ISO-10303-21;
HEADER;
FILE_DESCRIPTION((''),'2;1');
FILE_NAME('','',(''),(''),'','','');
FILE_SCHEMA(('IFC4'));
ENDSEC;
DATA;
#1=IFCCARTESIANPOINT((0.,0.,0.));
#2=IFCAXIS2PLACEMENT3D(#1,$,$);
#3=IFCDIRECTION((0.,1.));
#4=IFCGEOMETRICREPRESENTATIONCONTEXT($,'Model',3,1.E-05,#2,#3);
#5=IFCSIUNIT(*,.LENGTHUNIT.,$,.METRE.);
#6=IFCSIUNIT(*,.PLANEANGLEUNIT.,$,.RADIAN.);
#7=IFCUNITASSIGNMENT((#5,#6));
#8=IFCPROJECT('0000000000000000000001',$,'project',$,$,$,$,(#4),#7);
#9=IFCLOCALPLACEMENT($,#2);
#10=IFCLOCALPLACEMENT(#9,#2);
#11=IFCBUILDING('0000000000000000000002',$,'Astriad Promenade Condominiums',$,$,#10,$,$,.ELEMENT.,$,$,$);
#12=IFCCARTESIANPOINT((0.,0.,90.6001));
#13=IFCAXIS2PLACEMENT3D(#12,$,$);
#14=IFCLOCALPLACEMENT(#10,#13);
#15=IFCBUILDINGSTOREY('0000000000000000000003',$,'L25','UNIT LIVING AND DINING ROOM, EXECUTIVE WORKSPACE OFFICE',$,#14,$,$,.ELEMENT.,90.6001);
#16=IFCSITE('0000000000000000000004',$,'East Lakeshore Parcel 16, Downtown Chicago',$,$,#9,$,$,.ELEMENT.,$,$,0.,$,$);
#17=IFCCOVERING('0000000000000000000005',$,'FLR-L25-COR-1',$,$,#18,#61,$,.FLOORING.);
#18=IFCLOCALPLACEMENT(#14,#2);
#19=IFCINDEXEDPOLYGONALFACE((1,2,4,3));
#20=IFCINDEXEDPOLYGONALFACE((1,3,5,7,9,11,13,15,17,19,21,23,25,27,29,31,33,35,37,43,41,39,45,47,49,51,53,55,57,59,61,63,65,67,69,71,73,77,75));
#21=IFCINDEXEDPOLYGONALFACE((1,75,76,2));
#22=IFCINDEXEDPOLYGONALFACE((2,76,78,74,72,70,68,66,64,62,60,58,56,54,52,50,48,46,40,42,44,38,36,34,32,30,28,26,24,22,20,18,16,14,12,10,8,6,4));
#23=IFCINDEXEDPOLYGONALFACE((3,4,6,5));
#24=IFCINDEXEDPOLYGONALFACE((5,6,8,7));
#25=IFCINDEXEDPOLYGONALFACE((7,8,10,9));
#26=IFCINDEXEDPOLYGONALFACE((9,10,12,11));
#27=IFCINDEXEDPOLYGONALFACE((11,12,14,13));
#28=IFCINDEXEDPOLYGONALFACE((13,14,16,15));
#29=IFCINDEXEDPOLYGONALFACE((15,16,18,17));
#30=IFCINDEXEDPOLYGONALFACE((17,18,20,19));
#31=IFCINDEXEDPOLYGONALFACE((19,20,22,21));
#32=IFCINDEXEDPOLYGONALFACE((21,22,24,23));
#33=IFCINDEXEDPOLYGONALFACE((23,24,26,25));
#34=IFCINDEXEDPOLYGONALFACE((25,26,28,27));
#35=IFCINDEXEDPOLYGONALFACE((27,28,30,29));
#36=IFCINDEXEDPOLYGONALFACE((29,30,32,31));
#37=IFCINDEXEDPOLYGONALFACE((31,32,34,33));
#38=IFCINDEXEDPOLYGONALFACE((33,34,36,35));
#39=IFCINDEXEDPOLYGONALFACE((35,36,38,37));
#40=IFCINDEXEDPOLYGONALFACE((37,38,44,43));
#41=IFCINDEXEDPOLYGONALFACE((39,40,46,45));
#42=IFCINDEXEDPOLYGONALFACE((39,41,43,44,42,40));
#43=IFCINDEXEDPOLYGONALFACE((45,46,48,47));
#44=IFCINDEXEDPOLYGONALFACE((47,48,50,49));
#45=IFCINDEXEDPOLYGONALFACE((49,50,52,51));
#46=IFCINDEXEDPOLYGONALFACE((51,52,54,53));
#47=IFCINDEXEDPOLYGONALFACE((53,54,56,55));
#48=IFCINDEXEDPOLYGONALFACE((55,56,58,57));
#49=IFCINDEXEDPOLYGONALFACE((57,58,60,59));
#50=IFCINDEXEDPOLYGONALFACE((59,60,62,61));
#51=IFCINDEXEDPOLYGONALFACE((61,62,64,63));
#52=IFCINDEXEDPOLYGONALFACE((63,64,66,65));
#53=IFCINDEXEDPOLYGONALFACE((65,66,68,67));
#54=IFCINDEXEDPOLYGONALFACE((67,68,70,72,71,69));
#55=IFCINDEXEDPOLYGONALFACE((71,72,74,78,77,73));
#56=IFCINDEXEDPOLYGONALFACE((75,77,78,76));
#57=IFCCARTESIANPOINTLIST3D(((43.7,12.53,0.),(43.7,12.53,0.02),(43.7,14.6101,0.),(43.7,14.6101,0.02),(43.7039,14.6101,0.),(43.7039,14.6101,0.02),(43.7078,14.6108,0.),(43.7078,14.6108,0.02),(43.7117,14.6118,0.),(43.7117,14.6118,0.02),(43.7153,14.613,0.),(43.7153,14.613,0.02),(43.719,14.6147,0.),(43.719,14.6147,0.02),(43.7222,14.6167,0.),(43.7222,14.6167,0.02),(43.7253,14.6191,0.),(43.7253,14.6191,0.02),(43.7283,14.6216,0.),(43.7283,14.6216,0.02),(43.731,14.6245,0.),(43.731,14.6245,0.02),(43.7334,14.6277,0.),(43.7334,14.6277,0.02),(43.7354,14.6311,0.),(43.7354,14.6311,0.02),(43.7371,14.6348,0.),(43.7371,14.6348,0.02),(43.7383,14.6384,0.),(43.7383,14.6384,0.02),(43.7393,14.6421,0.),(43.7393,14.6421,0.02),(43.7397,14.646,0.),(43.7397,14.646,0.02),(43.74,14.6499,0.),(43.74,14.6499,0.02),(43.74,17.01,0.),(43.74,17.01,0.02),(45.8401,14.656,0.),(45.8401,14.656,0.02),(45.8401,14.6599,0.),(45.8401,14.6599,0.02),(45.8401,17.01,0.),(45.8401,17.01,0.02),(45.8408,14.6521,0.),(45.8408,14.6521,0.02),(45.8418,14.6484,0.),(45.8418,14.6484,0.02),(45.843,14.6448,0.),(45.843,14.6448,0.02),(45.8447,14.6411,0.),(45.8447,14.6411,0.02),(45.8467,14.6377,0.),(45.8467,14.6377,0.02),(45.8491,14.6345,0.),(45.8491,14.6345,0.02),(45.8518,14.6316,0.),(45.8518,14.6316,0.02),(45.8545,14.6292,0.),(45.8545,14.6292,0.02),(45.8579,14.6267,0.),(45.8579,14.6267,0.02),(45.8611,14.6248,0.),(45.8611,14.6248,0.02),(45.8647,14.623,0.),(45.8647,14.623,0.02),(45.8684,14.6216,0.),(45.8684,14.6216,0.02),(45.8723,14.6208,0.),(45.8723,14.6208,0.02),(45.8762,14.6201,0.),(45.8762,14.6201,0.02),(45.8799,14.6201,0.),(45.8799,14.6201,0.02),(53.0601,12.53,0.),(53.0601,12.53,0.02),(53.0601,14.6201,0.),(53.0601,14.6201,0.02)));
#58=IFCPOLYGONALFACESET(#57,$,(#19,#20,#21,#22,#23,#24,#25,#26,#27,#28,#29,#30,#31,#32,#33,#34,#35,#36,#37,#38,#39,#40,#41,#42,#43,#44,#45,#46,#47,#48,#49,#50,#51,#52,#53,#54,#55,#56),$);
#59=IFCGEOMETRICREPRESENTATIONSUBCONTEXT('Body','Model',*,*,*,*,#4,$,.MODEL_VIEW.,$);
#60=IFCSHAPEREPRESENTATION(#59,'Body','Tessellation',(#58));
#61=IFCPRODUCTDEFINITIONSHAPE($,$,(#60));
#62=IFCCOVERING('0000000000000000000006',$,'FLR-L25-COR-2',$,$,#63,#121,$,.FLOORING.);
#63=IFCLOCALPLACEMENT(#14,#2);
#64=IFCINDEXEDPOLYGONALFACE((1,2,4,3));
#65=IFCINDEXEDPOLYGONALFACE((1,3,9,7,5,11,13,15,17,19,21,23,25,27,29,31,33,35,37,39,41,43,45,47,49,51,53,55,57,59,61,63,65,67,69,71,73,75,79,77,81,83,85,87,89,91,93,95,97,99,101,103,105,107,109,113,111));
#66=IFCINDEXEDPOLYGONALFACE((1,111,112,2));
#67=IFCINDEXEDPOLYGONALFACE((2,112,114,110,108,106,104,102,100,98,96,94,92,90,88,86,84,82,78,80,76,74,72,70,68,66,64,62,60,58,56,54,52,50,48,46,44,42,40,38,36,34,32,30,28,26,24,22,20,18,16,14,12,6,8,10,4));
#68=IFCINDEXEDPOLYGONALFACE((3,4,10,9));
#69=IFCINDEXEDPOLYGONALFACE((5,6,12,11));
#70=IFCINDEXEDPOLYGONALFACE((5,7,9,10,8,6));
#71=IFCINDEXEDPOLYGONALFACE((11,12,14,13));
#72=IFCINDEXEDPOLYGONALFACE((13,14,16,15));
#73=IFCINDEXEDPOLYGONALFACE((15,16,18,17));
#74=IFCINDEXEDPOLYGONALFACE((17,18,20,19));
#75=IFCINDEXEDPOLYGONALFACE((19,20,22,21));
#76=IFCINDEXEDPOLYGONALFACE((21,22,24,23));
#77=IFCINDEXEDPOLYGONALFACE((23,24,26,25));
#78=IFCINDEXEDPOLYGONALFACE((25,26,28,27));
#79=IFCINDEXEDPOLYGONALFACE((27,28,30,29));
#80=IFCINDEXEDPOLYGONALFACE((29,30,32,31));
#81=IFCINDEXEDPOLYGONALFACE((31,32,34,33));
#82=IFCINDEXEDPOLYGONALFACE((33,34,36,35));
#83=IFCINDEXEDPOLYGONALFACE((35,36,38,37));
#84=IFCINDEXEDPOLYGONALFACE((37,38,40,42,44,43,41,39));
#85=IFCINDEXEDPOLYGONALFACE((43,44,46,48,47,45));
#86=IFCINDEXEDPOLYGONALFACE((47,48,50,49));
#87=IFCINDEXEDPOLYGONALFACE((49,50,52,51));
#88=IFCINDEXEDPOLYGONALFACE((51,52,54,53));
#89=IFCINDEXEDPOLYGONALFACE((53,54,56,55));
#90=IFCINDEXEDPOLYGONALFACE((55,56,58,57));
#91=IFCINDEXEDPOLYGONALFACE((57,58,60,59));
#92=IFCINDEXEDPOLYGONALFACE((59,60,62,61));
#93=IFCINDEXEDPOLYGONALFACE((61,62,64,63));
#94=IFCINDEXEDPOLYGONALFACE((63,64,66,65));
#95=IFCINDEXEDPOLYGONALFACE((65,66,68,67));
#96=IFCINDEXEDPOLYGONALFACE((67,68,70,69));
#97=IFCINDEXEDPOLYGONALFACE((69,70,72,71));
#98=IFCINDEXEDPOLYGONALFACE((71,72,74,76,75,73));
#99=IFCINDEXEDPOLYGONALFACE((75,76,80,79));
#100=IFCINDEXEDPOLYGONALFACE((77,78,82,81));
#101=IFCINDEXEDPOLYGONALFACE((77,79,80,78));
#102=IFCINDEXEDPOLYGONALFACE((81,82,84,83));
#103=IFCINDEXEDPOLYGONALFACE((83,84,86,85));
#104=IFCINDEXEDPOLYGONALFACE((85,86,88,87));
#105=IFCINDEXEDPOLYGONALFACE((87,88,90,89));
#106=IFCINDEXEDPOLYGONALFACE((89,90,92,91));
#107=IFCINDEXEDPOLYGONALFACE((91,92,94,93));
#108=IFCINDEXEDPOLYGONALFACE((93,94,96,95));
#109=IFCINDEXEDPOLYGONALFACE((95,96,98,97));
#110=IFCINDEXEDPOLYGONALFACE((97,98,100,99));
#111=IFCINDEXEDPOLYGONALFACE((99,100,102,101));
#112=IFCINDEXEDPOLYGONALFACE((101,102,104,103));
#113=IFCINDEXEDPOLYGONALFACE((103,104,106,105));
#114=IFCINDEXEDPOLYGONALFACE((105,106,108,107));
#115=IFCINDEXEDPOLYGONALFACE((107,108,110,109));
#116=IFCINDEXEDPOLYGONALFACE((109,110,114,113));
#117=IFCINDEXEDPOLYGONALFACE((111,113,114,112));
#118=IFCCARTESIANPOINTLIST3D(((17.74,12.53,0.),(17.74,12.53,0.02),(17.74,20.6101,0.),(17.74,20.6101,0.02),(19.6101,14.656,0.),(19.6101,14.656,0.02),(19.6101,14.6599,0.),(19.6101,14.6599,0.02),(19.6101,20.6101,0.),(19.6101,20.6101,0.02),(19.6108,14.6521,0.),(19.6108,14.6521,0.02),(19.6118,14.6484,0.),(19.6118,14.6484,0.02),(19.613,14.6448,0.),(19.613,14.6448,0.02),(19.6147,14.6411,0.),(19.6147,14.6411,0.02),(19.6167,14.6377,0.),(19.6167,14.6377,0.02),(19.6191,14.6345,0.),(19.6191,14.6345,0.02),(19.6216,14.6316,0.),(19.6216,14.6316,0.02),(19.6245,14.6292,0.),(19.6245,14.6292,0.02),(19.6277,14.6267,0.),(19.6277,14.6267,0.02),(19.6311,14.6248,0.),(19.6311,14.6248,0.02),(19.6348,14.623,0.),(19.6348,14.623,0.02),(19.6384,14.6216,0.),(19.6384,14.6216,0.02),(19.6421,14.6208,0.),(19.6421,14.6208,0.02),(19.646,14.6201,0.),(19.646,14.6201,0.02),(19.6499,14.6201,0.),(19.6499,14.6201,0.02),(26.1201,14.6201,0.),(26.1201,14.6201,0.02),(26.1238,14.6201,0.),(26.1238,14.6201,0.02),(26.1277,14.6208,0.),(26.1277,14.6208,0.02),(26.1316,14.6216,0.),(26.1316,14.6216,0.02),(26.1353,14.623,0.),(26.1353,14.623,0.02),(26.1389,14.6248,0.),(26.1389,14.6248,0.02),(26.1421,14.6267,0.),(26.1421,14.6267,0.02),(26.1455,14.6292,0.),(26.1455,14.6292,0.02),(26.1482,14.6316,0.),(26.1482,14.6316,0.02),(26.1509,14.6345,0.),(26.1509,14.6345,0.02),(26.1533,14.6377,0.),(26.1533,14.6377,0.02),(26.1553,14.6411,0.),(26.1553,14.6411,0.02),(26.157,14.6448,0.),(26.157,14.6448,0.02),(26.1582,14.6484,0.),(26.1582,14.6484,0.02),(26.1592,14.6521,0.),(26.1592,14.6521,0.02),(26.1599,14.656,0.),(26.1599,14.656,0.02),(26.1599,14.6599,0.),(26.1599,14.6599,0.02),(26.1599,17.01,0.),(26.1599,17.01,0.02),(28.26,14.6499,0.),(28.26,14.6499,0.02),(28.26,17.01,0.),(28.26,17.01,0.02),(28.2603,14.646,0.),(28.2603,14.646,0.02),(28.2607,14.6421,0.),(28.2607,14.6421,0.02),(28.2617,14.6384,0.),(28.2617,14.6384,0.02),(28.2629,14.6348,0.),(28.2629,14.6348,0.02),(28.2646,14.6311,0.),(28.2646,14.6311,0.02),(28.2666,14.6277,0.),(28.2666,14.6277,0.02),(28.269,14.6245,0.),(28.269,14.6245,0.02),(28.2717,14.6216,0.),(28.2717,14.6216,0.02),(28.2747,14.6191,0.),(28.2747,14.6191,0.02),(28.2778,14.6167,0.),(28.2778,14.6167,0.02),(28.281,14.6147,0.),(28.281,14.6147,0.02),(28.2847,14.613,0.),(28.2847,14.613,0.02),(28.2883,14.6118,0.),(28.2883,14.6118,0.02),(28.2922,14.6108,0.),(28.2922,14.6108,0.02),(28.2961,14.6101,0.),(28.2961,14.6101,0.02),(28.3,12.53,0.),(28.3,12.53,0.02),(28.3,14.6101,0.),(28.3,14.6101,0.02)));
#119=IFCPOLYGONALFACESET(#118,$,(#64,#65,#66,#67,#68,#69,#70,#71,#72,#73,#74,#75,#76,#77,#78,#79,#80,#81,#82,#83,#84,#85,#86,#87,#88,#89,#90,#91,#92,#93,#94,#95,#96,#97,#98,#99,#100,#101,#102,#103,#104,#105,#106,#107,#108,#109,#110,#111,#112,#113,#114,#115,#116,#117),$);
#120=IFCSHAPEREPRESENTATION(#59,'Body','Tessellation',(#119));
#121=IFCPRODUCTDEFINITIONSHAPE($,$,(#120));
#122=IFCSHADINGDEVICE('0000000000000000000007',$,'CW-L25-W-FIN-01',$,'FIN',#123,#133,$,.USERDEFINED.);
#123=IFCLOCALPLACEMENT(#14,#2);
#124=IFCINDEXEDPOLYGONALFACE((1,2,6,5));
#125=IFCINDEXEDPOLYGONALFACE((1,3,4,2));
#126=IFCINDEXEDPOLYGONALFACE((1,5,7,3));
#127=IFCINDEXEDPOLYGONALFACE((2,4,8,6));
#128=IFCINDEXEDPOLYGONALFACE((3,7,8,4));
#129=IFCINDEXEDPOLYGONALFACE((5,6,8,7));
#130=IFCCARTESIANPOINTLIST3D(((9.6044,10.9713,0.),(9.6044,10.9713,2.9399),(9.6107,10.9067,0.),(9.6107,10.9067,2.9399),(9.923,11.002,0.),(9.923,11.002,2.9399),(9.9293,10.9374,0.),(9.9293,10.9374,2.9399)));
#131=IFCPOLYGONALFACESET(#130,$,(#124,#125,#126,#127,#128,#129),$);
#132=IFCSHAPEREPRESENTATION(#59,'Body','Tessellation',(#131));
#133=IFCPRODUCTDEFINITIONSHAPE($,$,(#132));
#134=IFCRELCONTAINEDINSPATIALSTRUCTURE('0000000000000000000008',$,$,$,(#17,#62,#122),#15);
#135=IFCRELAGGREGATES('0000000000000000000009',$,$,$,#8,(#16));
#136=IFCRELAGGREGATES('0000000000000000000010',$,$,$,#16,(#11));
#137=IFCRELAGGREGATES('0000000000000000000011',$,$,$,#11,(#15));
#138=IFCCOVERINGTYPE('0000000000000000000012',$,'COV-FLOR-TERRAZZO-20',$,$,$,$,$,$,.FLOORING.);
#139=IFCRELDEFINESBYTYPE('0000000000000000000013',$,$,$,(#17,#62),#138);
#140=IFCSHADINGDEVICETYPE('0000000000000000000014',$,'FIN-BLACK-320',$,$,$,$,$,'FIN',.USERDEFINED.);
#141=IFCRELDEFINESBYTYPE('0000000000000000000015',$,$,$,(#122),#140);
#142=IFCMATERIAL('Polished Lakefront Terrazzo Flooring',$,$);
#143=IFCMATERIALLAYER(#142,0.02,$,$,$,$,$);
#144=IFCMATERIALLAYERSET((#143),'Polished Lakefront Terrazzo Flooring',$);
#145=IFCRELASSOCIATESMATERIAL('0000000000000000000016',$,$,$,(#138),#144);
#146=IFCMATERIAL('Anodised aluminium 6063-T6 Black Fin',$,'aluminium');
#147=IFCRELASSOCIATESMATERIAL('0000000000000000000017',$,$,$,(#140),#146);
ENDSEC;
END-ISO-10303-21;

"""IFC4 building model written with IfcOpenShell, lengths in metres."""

from ifc_helpers import new_model, si_unit, direction, frame, origin, origin_2d, place, context, subcontext, project, spatial, polyline, rectangle, outline, extrude, source, transform, mapped, material, layer, layer_set, type_object, type_shapes, element, save


model = new_model("IFC4")

# Units and contexts
model_context = context("Model", 3, precision=1e-05, world=origin(), true_north=direction((0.0, 1.0)))
body_context = subcontext(model_context, "Body", "Model", "MODEL_VIEW")
ifc_project = project(units=[si_unit("LENGTHUNIT", "METRE"), si_unit("PLANEANGLEUNIT", "RADIAN")], contexts=[model_context])

# Site, building, storey
site_placement = place(None, origin())
site = spatial("IfcSite", under=ifc_project, at=site_placement, Name="East Lakeshore Parcel 16, Downtown Chicago", CompositionType="ELEMENT", RefElevation=0.0)
building_placement = place(site_placement, origin())
building = spatial("IfcBuilding", under=site, at=building_placement, Name="Astriad Promenade Condominiums", CompositionType="ELEMENT")
storey_placement = place(building_placement, frame((0.0, 0.0, 90.6001)))
storey = spatial("IfcBuildingStorey", under=building, at=storey_placement, Name="L25", Description="UNIT LIVING AND DINING ROOM, EXECUTIVE WORKSPACE OFFICE", CompositionType="ELEMENT", Elevation=90.6001)

# Coverings
ifc_material_1 = material(Name="Polished Lakefront Terrazzo Flooring")
ifc_layer_1 = layer(ifc_material_1, 0.02)
ifc_layer_set_1 = layer_set([ifc_layer_1], Name="Polished Lakefront Terrazzo Flooring")
covering_type = type_object("IfcCoveringType", Name="COV-FLOR-TERRAZZO-20", PredefinedType="FLOORING", material=ifc_layer_set_1)
covering_1_placement = place(storey_placement, origin())
element("IfcCovering", 1, at=covering_1_placement, inside=storey, type_object=covering_type, Name="FLR-L25-COR-1", PredefinedType="FLOORING", context=body_context, shape_type="SweptSolid", body=[
    extrude(outline(polyline([(43.7, 12.53), (43.7, 14.6101), (43.7039, 14.6101), (43.7078, 14.6108), (43.7117, 14.6118), (43.7153, 14.613), (43.719, 14.6147), (43.7222, 14.6167), (43.7253, 14.6191), (43.7283, 14.6216), (43.731, 14.6245), (43.7334, 14.6277), (43.7354, 14.6311), (43.7371, 14.6348), (43.7383, 14.6384), (43.7393, 14.6421), (43.7397, 14.646), (43.74, 14.6499), (43.74, 17.01), (45.8401, 17.01), (45.8401, 14.6599), (45.8401, 14.656), (45.8408, 14.6521), (45.8418, 14.6484), (45.843, 14.6448), (45.8447, 14.6411), (45.8467, 14.6377), (45.8491, 14.6345), (45.8518, 14.6316), (45.8545, 14.6292), (45.8579, 14.6267), (45.8611, 14.6248), (45.8647, 14.623), (45.8684, 14.6216), (45.8723, 14.6208), (45.8762, 14.6201), (45.8799, 14.6201), (53.0601, 14.6201), (53.0601, 12.53), (43.7, 12.53)])), origin(), (0.0, 0.0, 1.0), 0.02),
])
covering_2_placement = place(storey_placement, origin())
element("IfcCovering", 2, at=covering_2_placement, inside=storey, type_object=covering_type, Name="FLR-L25-COR-2", PredefinedType="FLOORING", context=body_context, shape_type="SweptSolid", body=[
    extrude(outline(polyline([(28.3, 12.53), (17.74, 12.53), (17.74, 20.6101), (19.6101, 20.6101), (19.6101, 14.6599), (19.6101, 14.656), (19.6108, 14.6521), (19.6118, 14.6484), (19.613, 14.6448), (19.6147, 14.6411), (19.6167, 14.6377), (19.6191, 14.6345), (19.6216, 14.6316), (19.6245, 14.6292), (19.6277, 14.6267), (19.6311, 14.6248), (19.6348, 14.623), (19.6384, 14.6216), (19.6421, 14.6208), (19.646, 14.6201), (19.6499, 14.6201), (26.1201, 14.6201), (26.1238, 14.6201), (26.1277, 14.6208), (26.1316, 14.6216), (26.1353, 14.623), (26.1389, 14.6248), (26.1421, 14.6267), (26.1455, 14.6292), (26.1482, 14.6316), (26.1509, 14.6345), (26.1533, 14.6377), (26.1553, 14.6411), (26.157, 14.6448), (26.1582, 14.6484), (26.1592, 14.6521), (26.1599, 14.656), (26.1599, 14.6599), (26.1599, 17.01), (28.26, 17.01), (28.26, 14.6499), (28.2603, 14.646), (28.2607, 14.6421), (28.2617, 14.6384), (28.2629, 14.6348), (28.2646, 14.6311), (28.2666, 14.6277), (28.269, 14.6245), (28.2717, 14.6216), (28.2747, 14.6191), (28.2778, 14.6167), (28.281, 14.6147), (28.2847, 14.613), (28.2883, 14.6118), (28.2922, 14.6108), (28.2961, 14.6101), (28.3, 14.6101), (28.3, 12.53)])), origin(), (0.0, 0.0, 1.0), 0.02),
])

# Shading device
ifc_material_2 = material(Name="Anodised aluminium 6063-T6 Black Fin", Category="aluminium")
shading_device_type = type_object("IfcShadingDeviceType", Name="FIN-BLACK-320", ElementType="FIN", PredefinedType="USERDEFINED", material=ifc_material_2)
shared_shape_1 = source(origin(), body_context, "Body", "SweptSolid", [
    extrude(rectangle(XDim=0.0649, YDim=0.3201, at=origin_2d()), origin(), (0.0, 0.0, 1.0), 2.9399),
])
type_shapes(shading_device_type, [shared_shape_1])
shading_device_placement = place(storey_placement, frame((9.7668, 10.9543, 0.0), z_axis=(0.0, 0.0, 1.0), x_axis=(-0.095846, 0.995396, 0.0)))
element("IfcShadingDevice", 3, at=shading_device_placement, inside=storey, type_object=shading_device_type, Name="CW-L25-W-FIN-01", ObjectType="FIN", PredefinedType="USERDEFINED", context=body_context, shape_type="MappedRepresentation", body=[
    mapped(shared_shape_1, transform((0.0, 0.0, 0.0), scale=1.0)),
])

save(model, "model.ifc")
